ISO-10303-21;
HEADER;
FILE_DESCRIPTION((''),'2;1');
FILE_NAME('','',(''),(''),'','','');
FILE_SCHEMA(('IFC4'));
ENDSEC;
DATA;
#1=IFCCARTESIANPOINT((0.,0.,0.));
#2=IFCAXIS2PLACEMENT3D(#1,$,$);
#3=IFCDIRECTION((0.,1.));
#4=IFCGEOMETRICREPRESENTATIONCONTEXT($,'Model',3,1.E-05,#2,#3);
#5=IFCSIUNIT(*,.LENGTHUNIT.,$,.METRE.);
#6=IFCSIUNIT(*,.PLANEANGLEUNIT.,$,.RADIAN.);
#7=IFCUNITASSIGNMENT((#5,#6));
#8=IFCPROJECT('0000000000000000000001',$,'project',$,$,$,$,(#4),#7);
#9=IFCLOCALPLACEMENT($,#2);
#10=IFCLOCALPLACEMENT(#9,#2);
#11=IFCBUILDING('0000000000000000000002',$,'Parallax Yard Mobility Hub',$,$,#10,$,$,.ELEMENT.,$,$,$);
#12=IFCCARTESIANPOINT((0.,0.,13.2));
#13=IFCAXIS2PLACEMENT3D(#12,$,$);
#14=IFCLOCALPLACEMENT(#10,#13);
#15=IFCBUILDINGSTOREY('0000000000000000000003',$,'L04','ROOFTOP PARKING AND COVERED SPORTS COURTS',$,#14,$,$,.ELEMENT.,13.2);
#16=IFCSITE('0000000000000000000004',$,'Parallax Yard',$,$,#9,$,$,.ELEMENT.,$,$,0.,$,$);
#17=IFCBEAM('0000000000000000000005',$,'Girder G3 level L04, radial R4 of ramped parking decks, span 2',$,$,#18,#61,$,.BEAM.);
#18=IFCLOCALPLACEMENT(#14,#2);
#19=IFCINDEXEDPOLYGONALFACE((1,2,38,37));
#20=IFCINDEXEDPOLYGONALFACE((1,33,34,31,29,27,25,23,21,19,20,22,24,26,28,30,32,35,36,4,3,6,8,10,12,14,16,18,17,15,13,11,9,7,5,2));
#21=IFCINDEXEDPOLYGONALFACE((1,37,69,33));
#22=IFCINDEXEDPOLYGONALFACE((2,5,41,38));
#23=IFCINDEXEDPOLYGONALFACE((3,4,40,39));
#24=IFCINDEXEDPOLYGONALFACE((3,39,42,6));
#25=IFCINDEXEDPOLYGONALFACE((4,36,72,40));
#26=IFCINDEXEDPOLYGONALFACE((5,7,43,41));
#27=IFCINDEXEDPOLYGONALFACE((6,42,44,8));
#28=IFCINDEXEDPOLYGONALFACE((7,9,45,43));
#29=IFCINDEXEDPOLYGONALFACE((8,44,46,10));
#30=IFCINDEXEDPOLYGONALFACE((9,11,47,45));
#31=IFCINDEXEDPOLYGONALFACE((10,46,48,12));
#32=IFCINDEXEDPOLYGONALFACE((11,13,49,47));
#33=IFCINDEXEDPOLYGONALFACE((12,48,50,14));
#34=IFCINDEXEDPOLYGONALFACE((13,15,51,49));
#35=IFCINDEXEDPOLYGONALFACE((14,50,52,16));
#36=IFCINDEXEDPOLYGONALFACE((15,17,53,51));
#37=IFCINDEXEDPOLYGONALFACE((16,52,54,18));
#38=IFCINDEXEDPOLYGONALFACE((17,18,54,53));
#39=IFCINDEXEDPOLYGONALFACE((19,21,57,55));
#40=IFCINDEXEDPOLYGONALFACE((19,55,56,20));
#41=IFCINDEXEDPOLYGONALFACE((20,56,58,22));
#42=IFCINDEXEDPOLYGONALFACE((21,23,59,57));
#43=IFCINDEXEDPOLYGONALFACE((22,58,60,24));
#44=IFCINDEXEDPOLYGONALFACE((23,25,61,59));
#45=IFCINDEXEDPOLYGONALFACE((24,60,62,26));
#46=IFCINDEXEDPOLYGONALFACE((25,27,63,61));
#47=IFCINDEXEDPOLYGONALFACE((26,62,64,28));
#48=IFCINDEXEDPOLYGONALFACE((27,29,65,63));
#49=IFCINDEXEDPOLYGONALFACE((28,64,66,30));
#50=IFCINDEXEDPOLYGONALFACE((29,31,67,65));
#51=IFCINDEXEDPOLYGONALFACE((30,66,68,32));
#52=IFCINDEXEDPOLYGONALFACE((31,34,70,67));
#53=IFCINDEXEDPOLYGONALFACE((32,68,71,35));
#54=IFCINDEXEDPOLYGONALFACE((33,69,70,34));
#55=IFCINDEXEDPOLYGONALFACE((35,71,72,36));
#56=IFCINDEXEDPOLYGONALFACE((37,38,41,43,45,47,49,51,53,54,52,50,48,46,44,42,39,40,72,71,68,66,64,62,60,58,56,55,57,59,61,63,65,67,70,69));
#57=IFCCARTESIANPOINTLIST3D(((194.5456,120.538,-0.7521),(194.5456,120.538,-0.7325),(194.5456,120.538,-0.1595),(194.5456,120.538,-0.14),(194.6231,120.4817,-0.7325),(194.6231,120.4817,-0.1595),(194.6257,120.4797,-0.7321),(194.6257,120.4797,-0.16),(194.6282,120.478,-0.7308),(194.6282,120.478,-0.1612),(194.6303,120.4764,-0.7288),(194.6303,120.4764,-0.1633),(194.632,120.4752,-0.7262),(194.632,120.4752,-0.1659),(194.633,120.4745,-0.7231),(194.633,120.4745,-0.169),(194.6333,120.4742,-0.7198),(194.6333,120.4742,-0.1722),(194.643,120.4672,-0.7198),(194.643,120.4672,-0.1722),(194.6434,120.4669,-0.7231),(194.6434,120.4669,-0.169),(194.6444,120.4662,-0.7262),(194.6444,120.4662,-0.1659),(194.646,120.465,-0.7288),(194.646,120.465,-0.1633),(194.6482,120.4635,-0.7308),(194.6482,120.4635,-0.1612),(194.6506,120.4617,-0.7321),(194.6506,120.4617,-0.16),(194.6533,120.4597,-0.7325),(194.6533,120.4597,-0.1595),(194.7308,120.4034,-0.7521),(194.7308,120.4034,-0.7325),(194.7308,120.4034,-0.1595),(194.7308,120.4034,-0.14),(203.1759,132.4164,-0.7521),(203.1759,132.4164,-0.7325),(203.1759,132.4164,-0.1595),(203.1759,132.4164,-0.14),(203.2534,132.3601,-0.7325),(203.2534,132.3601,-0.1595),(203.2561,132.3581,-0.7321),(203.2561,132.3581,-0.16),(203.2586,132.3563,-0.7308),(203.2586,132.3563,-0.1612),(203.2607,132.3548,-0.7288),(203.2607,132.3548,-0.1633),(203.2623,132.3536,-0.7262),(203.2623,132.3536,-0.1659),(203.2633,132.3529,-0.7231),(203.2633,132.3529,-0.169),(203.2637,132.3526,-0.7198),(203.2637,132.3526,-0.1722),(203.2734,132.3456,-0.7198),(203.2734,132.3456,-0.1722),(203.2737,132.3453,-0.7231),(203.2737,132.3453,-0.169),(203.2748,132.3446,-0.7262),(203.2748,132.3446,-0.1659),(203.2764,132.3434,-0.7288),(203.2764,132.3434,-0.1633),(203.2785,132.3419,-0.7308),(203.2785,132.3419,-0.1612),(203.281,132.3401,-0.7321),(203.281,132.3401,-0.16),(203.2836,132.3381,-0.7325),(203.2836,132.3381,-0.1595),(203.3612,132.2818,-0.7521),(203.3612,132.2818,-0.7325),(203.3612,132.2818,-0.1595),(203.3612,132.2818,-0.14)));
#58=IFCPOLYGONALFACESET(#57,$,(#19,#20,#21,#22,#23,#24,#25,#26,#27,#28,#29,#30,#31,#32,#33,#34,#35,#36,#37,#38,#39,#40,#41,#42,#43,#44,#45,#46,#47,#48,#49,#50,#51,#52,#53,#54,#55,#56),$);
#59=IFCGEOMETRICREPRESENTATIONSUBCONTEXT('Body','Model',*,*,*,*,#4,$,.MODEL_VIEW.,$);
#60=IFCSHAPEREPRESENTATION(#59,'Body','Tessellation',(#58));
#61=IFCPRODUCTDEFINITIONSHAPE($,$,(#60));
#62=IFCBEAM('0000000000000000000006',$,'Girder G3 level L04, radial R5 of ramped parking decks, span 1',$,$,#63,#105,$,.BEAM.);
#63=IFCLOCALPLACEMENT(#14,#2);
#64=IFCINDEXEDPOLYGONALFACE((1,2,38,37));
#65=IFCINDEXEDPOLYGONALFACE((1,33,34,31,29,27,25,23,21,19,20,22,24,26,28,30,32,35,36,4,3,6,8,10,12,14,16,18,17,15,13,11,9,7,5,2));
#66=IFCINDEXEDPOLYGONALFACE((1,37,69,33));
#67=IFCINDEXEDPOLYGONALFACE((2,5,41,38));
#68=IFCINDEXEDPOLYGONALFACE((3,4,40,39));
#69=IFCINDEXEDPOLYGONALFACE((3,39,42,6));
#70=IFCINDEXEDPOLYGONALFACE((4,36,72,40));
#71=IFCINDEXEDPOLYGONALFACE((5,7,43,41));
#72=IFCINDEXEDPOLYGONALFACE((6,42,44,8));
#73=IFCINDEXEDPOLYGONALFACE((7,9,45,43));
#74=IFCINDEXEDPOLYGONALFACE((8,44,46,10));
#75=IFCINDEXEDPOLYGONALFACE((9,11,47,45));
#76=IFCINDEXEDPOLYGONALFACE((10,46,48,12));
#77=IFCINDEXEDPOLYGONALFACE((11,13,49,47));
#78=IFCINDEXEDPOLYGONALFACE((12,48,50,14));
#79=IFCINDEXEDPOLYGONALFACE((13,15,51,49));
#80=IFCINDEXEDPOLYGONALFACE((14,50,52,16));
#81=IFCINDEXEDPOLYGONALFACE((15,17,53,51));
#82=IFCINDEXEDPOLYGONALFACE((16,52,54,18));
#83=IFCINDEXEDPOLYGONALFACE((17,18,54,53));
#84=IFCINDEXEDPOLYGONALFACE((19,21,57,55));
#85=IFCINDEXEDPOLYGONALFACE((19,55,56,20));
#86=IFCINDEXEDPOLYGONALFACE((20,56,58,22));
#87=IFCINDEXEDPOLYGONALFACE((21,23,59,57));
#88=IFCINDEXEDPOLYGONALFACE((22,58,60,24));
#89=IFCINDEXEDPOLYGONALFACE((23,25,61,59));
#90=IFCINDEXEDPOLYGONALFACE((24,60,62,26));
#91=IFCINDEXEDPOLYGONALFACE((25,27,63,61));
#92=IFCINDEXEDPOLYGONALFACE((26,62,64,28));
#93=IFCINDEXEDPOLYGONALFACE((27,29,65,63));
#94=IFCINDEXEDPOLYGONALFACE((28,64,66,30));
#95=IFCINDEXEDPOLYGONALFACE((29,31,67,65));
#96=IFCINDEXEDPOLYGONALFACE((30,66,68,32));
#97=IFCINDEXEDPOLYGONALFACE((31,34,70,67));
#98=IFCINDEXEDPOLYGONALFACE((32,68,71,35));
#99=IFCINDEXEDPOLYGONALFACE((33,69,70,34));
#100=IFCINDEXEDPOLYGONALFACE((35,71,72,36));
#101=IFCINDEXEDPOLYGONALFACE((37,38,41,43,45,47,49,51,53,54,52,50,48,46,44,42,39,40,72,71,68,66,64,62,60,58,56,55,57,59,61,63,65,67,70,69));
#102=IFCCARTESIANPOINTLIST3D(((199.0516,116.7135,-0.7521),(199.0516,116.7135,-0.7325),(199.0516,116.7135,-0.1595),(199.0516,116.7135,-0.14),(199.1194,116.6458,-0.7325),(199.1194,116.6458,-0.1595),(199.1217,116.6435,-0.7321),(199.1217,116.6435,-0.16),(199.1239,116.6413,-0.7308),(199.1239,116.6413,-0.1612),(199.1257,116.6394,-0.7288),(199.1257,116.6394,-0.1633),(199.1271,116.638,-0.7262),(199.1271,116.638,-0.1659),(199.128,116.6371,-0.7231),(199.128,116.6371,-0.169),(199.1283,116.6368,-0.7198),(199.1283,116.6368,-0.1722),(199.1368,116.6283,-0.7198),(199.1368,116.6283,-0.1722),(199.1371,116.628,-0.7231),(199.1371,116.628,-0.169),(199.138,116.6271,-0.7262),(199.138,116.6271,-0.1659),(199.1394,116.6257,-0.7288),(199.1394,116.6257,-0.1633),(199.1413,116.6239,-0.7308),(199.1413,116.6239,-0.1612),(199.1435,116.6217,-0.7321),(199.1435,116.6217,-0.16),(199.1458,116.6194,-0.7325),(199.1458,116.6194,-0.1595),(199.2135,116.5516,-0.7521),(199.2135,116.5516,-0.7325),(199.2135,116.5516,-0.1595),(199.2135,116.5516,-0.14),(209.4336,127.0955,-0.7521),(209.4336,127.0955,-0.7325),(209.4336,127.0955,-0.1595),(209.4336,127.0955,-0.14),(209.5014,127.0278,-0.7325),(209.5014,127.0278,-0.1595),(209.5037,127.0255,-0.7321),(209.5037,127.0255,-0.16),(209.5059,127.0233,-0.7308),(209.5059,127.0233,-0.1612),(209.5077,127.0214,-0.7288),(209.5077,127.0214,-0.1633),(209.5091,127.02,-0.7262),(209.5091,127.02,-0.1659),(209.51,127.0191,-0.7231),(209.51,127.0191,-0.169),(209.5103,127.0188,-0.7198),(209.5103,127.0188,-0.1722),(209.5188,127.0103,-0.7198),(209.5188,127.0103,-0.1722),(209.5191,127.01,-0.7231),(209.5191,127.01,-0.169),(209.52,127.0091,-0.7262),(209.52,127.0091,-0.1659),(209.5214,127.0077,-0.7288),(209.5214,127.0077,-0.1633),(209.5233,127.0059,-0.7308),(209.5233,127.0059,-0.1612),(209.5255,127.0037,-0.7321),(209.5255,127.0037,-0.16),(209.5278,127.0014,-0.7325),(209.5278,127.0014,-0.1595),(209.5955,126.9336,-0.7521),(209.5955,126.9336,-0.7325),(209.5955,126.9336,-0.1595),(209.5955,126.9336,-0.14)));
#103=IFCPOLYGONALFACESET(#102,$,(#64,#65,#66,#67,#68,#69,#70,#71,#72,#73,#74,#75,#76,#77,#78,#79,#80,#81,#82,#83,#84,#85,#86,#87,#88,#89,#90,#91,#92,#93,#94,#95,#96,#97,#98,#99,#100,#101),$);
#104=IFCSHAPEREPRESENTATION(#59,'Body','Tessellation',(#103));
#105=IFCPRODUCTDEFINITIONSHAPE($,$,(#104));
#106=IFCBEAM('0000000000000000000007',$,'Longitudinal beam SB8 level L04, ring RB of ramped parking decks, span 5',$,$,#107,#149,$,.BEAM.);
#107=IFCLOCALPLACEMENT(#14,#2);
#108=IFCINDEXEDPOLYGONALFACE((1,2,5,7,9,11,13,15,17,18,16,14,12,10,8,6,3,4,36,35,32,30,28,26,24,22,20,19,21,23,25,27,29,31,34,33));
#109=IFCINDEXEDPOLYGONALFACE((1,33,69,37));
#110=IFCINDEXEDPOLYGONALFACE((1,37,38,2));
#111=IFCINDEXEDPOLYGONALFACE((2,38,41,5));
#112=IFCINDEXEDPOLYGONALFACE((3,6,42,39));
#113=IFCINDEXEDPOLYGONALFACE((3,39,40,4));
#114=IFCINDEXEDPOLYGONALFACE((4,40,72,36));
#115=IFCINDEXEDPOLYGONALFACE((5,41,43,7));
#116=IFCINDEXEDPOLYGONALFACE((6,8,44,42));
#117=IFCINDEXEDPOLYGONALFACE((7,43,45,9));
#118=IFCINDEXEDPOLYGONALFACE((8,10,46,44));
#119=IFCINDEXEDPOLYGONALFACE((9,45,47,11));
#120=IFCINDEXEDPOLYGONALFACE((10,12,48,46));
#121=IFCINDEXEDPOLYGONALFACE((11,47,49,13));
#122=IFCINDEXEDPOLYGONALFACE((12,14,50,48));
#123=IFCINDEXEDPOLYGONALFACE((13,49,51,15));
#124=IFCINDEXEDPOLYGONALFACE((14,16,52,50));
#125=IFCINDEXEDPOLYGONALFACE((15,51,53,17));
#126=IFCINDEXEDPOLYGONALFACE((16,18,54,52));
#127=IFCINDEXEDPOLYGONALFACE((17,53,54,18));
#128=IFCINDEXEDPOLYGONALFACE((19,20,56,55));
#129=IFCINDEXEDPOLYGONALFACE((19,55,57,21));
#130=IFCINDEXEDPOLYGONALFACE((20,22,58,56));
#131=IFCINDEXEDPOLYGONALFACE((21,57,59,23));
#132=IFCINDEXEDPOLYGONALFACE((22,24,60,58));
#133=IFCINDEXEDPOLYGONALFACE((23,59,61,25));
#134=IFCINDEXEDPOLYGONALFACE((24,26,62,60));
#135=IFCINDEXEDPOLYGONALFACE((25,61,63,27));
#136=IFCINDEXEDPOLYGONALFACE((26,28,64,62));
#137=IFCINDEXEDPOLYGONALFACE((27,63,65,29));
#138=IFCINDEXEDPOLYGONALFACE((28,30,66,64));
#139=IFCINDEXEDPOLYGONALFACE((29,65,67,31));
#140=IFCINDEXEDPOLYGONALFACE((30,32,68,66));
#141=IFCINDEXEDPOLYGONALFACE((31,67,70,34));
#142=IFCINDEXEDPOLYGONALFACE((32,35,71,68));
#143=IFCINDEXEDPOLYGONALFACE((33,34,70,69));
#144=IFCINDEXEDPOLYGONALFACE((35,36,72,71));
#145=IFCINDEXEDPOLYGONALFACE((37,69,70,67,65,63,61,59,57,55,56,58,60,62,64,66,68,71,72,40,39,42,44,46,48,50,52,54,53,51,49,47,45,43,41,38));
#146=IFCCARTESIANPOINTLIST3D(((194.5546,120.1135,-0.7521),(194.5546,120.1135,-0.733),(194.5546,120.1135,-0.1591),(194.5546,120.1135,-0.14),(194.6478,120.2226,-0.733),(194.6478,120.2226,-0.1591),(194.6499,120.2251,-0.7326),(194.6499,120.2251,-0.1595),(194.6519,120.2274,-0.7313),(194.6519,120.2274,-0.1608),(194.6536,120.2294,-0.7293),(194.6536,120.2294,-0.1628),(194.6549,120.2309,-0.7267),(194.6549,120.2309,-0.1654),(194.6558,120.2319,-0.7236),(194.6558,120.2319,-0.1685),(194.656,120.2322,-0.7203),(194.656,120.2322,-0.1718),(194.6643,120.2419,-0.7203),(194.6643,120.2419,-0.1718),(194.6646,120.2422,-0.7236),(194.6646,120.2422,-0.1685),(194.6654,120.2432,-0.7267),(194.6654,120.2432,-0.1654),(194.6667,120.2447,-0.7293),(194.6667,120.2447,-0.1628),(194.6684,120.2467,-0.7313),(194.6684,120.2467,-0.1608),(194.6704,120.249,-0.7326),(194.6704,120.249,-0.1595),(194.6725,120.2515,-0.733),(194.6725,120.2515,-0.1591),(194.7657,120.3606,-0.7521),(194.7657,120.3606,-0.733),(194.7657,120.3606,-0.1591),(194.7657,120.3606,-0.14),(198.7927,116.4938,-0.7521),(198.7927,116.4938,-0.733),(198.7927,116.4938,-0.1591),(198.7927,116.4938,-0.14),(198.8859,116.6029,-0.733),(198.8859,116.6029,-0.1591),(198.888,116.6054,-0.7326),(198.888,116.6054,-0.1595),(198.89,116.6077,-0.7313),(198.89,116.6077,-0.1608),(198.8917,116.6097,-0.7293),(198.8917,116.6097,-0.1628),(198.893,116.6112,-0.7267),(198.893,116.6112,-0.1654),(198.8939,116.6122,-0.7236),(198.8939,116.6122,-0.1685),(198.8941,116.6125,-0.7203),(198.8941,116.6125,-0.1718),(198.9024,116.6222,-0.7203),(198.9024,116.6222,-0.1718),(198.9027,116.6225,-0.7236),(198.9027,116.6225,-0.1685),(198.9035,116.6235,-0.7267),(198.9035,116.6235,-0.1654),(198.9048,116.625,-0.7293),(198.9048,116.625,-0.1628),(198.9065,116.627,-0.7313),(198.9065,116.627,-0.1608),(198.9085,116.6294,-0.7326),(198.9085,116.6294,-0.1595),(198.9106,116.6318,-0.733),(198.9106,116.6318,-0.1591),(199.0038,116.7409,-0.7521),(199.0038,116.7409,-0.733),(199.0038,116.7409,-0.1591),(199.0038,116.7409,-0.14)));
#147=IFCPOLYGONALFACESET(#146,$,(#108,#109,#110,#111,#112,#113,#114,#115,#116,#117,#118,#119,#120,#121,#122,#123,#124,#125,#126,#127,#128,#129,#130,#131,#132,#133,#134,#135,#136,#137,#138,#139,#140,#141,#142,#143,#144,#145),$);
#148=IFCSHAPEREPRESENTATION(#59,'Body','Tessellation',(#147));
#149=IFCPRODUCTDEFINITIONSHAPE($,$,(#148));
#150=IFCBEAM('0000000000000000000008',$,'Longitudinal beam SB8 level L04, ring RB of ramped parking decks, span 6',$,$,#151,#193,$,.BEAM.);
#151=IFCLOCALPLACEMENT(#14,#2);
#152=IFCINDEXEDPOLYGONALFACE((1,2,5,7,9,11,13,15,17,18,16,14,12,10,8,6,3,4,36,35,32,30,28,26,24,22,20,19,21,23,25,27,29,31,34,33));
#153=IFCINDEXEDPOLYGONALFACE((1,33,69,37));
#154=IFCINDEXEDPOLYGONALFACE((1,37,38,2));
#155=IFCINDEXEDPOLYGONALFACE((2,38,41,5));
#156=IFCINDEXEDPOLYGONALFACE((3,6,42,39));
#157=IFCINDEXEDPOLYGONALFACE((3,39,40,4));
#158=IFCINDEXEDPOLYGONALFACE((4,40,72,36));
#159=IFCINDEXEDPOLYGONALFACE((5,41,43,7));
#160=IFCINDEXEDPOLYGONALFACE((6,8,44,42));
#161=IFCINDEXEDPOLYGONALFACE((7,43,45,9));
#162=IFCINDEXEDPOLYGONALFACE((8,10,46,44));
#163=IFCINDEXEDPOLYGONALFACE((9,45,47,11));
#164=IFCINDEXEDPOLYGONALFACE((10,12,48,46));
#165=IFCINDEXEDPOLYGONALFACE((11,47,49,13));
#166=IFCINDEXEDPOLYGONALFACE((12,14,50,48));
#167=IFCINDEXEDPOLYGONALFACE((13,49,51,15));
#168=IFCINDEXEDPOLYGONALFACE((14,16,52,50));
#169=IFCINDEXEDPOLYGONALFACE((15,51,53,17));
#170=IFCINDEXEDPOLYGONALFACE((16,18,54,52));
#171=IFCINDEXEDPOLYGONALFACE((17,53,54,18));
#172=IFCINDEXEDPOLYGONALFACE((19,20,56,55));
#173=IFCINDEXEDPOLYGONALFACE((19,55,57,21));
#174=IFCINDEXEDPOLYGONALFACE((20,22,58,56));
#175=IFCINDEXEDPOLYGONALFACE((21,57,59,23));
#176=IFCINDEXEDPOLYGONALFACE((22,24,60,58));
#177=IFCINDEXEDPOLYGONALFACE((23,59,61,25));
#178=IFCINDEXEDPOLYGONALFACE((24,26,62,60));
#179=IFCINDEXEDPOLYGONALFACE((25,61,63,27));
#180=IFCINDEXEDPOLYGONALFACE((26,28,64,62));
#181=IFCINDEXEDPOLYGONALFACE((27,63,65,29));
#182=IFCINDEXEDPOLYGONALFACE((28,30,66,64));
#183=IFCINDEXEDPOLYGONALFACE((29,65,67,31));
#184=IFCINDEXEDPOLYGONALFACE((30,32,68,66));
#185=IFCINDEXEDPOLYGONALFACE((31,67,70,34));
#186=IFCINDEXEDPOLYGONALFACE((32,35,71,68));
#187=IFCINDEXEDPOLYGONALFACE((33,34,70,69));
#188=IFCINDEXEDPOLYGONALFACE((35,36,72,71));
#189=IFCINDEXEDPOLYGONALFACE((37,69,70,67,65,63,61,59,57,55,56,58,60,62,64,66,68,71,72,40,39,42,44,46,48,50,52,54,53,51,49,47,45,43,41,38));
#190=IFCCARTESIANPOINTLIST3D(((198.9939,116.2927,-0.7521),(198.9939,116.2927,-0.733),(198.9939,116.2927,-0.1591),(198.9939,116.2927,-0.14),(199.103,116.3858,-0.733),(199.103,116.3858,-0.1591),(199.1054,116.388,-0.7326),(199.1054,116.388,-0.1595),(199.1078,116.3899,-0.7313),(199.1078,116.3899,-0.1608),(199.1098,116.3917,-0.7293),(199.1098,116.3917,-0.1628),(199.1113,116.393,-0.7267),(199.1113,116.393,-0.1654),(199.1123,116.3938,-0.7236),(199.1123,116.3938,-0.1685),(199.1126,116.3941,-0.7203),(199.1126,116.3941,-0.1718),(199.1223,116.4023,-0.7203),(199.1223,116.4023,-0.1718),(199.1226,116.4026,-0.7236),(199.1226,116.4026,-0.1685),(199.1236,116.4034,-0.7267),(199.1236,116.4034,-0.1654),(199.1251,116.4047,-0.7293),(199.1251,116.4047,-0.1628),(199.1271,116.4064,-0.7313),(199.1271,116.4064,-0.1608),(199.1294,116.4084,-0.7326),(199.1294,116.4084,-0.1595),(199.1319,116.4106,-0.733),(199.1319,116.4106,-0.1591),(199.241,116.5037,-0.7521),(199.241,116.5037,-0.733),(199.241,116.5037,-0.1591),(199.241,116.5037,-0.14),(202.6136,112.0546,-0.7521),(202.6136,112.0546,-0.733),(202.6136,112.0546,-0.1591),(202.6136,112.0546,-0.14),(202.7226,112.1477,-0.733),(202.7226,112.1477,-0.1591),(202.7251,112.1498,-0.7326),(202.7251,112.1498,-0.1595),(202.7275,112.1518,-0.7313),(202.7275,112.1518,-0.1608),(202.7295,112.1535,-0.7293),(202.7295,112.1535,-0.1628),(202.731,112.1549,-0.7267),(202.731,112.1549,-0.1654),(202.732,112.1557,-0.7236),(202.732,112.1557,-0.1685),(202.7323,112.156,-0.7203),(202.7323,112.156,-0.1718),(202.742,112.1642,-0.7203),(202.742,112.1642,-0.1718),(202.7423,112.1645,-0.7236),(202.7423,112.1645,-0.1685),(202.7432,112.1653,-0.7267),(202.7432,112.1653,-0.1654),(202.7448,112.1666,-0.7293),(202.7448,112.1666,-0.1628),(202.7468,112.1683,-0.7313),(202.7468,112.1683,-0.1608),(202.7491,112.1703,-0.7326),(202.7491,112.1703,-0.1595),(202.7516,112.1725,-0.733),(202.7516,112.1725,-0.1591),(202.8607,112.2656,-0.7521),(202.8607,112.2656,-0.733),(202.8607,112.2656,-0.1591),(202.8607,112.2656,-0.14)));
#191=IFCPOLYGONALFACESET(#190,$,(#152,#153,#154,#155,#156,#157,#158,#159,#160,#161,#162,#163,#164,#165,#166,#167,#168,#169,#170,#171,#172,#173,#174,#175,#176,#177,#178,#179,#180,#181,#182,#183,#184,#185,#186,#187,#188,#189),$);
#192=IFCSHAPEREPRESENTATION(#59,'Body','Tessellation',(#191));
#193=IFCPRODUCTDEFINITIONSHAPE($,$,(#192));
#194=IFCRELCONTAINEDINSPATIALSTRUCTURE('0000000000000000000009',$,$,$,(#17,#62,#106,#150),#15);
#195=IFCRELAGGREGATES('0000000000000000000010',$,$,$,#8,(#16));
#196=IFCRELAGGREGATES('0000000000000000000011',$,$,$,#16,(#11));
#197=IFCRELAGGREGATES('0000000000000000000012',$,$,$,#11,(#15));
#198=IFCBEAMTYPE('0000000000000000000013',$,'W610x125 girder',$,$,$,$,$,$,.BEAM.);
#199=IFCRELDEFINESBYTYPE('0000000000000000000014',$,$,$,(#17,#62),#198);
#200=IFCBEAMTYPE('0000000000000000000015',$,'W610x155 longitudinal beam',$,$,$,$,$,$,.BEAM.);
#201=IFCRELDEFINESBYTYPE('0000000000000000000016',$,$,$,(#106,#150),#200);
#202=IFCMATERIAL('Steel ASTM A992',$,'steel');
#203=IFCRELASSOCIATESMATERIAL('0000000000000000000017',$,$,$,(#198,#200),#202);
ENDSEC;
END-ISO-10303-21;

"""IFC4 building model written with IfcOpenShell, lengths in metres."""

from ifc_helpers import new_model, si_unit, direction, frame, origin, origin_2d, place, context, subcontext, project, spatial, i_section, extrude, material, material_profile, profile_set, type_object, element, save


model = new_model("IFC4")

# Units and contexts
model_context = context("Model", 3, precision=1e-05, world=origin(), true_north=direction((0.0, 1.0)))
body_context = subcontext(model_context, "Body", "Model", "MODEL_VIEW")
ifc_project = project(units=[si_unit("LENGTHUNIT", "METRE"), si_unit("PLANEANGLEUNIT", "RADIAN")], contexts=[model_context])

# Site, building, storey
site_placement = place(None, origin())
site = spatial("IfcSite", under=ifc_project, at=site_placement, Name="Parallax Yard", CompositionType="ELEMENT", RefElevation=0.0)
building_placement = place(site_placement, origin())
building = spatial("IfcBuilding", under=site, at=building_placement, Name="Parallax Yard Mobility Hub", CompositionType="ELEMENT")
storey_placement = place(building_placement, frame((0.0, 0.0, 13.2)))
storey = spatial("IfcBuildingStorey", under=building, at=storey_placement, Name="L04", Description="ROOFTOP PARKING AND COVERED SPORTS COURTS", CompositionType="ELEMENT", Elevation=13.2)

# Shared definitions
ifc_material_1 = material(Name="Steel ASTM A992", Category="steel")

# Beams
ifc_material_profile_1 = material_profile(ifc_material_1, i_section(OverallWidth=0.229, OverallDepth=0.6121, WebThickness=0.012, FlangeThickness=0.0195, FilletRadius=0.0127, at=origin_2d()), Name="W610x125")
ifc_profile_set_1 = profile_set([ifc_material_profile_1], Name="Steel ASTM A992")
beam_type_1 = type_object("IfcBeamType", Name="W610x125 girder", PredefinedType="BEAM", material=ifc_profile_set_1)
beam_1_placement = place(storey_placement, frame((194.6382, 120.4707, -0.446), z_axis=(0.587794, 0.809011, 0.0), x_axis=(-0.809011, 0.587794, 0.0)))
element("IfcBeam", 1, at=beam_1_placement, inside=storey, type_object=beam_type_1, Name="Girder G3 level L04, radial R4 of ramped parking decks, span 2", PredefinedType="BEAM", context=body_context, shape_type="SweptSolid", body=[
    extrude(i_section(OverallWidth=0.229, OverallDepth=0.6121, WebThickness=0.012, FlangeThickness=0.0195, FilletRadius=0.0127, at=origin_2d()), origin(), (0.0, 0.0, 1.0), 14.6826),
])
beam_2_placement = place(storey_placement, frame((199.1326, 116.6326, -0.446), z_axis=(0.707107, 0.707107, 0.0), x_axis=(-0.707107, 0.707107, 0.0)))
element("IfcBeam", 2, at=beam_2_placement, inside=storey, type_object=beam_type_1, Name="Girder G3 level L04, radial R5 of ramped parking decks, span 1", PredefinedType="BEAM", context=body_context, shape_type="SweptSolid", body=[
    extrude(i_section(OverallWidth=0.229, OverallDepth=0.6121, WebThickness=0.012, FlangeThickness=0.0195, FilletRadius=0.0127, at=origin_2d()), origin(), (0.0, 0.0, 1.0), 14.6824),
])
ifc_material_profile_2 = material_profile(ifc_material_1, i_section(OverallWidth=0.325, OverallDepth=0.6121, WebThickness=0.0127, FlangeThickness=0.019, FilletRadius=0.0127, at=origin_2d()), Name="W610x155")
ifc_profile_set_2 = profile_set([ifc_material_profile_2], Name="Steel ASTM A992")
beam_type_2 = type_object("IfcBeamType", Name="W610x155 longitudinal beam", PredefinedType="BEAM", material=ifc_profile_set_2)
for number, where, z_axis, x_axis, name in (
    (3, (194.6602, 120.2371, -0.446), (0.760406, -0.649448, 0.0), (0.649448, 0.760406, 0.0), "Longitudinal beam SB8 level L04, ring RB of ramped parking decks, span 5"),
    (4, (199.1174, 116.3982, -0.446), (0.649448, -0.760406, 0.0), (0.760406, 0.649448, 0.0), "Longitudinal beam SB8 level L04, ring RB of ramped parking decks, span 6"),
):
    element("IfcBeam", number, at=place(storey_placement, frame(where, z_axis=z_axis, x_axis=x_axis)), inside=storey, type_object=beam_type_2, Name=name, PredefinedType="BEAM", context=body_context, shape_type="SweptSolid", body=[
        extrude(i_section(OverallWidth=0.325, OverallDepth=0.6121, WebThickness=0.0127, FlangeThickness=0.019, FilletRadius=0.0127, at=origin_2d()), origin(), (0.0, 0.0, 1.0), 5.5735),
    ])

save(model, "model.ifc")
